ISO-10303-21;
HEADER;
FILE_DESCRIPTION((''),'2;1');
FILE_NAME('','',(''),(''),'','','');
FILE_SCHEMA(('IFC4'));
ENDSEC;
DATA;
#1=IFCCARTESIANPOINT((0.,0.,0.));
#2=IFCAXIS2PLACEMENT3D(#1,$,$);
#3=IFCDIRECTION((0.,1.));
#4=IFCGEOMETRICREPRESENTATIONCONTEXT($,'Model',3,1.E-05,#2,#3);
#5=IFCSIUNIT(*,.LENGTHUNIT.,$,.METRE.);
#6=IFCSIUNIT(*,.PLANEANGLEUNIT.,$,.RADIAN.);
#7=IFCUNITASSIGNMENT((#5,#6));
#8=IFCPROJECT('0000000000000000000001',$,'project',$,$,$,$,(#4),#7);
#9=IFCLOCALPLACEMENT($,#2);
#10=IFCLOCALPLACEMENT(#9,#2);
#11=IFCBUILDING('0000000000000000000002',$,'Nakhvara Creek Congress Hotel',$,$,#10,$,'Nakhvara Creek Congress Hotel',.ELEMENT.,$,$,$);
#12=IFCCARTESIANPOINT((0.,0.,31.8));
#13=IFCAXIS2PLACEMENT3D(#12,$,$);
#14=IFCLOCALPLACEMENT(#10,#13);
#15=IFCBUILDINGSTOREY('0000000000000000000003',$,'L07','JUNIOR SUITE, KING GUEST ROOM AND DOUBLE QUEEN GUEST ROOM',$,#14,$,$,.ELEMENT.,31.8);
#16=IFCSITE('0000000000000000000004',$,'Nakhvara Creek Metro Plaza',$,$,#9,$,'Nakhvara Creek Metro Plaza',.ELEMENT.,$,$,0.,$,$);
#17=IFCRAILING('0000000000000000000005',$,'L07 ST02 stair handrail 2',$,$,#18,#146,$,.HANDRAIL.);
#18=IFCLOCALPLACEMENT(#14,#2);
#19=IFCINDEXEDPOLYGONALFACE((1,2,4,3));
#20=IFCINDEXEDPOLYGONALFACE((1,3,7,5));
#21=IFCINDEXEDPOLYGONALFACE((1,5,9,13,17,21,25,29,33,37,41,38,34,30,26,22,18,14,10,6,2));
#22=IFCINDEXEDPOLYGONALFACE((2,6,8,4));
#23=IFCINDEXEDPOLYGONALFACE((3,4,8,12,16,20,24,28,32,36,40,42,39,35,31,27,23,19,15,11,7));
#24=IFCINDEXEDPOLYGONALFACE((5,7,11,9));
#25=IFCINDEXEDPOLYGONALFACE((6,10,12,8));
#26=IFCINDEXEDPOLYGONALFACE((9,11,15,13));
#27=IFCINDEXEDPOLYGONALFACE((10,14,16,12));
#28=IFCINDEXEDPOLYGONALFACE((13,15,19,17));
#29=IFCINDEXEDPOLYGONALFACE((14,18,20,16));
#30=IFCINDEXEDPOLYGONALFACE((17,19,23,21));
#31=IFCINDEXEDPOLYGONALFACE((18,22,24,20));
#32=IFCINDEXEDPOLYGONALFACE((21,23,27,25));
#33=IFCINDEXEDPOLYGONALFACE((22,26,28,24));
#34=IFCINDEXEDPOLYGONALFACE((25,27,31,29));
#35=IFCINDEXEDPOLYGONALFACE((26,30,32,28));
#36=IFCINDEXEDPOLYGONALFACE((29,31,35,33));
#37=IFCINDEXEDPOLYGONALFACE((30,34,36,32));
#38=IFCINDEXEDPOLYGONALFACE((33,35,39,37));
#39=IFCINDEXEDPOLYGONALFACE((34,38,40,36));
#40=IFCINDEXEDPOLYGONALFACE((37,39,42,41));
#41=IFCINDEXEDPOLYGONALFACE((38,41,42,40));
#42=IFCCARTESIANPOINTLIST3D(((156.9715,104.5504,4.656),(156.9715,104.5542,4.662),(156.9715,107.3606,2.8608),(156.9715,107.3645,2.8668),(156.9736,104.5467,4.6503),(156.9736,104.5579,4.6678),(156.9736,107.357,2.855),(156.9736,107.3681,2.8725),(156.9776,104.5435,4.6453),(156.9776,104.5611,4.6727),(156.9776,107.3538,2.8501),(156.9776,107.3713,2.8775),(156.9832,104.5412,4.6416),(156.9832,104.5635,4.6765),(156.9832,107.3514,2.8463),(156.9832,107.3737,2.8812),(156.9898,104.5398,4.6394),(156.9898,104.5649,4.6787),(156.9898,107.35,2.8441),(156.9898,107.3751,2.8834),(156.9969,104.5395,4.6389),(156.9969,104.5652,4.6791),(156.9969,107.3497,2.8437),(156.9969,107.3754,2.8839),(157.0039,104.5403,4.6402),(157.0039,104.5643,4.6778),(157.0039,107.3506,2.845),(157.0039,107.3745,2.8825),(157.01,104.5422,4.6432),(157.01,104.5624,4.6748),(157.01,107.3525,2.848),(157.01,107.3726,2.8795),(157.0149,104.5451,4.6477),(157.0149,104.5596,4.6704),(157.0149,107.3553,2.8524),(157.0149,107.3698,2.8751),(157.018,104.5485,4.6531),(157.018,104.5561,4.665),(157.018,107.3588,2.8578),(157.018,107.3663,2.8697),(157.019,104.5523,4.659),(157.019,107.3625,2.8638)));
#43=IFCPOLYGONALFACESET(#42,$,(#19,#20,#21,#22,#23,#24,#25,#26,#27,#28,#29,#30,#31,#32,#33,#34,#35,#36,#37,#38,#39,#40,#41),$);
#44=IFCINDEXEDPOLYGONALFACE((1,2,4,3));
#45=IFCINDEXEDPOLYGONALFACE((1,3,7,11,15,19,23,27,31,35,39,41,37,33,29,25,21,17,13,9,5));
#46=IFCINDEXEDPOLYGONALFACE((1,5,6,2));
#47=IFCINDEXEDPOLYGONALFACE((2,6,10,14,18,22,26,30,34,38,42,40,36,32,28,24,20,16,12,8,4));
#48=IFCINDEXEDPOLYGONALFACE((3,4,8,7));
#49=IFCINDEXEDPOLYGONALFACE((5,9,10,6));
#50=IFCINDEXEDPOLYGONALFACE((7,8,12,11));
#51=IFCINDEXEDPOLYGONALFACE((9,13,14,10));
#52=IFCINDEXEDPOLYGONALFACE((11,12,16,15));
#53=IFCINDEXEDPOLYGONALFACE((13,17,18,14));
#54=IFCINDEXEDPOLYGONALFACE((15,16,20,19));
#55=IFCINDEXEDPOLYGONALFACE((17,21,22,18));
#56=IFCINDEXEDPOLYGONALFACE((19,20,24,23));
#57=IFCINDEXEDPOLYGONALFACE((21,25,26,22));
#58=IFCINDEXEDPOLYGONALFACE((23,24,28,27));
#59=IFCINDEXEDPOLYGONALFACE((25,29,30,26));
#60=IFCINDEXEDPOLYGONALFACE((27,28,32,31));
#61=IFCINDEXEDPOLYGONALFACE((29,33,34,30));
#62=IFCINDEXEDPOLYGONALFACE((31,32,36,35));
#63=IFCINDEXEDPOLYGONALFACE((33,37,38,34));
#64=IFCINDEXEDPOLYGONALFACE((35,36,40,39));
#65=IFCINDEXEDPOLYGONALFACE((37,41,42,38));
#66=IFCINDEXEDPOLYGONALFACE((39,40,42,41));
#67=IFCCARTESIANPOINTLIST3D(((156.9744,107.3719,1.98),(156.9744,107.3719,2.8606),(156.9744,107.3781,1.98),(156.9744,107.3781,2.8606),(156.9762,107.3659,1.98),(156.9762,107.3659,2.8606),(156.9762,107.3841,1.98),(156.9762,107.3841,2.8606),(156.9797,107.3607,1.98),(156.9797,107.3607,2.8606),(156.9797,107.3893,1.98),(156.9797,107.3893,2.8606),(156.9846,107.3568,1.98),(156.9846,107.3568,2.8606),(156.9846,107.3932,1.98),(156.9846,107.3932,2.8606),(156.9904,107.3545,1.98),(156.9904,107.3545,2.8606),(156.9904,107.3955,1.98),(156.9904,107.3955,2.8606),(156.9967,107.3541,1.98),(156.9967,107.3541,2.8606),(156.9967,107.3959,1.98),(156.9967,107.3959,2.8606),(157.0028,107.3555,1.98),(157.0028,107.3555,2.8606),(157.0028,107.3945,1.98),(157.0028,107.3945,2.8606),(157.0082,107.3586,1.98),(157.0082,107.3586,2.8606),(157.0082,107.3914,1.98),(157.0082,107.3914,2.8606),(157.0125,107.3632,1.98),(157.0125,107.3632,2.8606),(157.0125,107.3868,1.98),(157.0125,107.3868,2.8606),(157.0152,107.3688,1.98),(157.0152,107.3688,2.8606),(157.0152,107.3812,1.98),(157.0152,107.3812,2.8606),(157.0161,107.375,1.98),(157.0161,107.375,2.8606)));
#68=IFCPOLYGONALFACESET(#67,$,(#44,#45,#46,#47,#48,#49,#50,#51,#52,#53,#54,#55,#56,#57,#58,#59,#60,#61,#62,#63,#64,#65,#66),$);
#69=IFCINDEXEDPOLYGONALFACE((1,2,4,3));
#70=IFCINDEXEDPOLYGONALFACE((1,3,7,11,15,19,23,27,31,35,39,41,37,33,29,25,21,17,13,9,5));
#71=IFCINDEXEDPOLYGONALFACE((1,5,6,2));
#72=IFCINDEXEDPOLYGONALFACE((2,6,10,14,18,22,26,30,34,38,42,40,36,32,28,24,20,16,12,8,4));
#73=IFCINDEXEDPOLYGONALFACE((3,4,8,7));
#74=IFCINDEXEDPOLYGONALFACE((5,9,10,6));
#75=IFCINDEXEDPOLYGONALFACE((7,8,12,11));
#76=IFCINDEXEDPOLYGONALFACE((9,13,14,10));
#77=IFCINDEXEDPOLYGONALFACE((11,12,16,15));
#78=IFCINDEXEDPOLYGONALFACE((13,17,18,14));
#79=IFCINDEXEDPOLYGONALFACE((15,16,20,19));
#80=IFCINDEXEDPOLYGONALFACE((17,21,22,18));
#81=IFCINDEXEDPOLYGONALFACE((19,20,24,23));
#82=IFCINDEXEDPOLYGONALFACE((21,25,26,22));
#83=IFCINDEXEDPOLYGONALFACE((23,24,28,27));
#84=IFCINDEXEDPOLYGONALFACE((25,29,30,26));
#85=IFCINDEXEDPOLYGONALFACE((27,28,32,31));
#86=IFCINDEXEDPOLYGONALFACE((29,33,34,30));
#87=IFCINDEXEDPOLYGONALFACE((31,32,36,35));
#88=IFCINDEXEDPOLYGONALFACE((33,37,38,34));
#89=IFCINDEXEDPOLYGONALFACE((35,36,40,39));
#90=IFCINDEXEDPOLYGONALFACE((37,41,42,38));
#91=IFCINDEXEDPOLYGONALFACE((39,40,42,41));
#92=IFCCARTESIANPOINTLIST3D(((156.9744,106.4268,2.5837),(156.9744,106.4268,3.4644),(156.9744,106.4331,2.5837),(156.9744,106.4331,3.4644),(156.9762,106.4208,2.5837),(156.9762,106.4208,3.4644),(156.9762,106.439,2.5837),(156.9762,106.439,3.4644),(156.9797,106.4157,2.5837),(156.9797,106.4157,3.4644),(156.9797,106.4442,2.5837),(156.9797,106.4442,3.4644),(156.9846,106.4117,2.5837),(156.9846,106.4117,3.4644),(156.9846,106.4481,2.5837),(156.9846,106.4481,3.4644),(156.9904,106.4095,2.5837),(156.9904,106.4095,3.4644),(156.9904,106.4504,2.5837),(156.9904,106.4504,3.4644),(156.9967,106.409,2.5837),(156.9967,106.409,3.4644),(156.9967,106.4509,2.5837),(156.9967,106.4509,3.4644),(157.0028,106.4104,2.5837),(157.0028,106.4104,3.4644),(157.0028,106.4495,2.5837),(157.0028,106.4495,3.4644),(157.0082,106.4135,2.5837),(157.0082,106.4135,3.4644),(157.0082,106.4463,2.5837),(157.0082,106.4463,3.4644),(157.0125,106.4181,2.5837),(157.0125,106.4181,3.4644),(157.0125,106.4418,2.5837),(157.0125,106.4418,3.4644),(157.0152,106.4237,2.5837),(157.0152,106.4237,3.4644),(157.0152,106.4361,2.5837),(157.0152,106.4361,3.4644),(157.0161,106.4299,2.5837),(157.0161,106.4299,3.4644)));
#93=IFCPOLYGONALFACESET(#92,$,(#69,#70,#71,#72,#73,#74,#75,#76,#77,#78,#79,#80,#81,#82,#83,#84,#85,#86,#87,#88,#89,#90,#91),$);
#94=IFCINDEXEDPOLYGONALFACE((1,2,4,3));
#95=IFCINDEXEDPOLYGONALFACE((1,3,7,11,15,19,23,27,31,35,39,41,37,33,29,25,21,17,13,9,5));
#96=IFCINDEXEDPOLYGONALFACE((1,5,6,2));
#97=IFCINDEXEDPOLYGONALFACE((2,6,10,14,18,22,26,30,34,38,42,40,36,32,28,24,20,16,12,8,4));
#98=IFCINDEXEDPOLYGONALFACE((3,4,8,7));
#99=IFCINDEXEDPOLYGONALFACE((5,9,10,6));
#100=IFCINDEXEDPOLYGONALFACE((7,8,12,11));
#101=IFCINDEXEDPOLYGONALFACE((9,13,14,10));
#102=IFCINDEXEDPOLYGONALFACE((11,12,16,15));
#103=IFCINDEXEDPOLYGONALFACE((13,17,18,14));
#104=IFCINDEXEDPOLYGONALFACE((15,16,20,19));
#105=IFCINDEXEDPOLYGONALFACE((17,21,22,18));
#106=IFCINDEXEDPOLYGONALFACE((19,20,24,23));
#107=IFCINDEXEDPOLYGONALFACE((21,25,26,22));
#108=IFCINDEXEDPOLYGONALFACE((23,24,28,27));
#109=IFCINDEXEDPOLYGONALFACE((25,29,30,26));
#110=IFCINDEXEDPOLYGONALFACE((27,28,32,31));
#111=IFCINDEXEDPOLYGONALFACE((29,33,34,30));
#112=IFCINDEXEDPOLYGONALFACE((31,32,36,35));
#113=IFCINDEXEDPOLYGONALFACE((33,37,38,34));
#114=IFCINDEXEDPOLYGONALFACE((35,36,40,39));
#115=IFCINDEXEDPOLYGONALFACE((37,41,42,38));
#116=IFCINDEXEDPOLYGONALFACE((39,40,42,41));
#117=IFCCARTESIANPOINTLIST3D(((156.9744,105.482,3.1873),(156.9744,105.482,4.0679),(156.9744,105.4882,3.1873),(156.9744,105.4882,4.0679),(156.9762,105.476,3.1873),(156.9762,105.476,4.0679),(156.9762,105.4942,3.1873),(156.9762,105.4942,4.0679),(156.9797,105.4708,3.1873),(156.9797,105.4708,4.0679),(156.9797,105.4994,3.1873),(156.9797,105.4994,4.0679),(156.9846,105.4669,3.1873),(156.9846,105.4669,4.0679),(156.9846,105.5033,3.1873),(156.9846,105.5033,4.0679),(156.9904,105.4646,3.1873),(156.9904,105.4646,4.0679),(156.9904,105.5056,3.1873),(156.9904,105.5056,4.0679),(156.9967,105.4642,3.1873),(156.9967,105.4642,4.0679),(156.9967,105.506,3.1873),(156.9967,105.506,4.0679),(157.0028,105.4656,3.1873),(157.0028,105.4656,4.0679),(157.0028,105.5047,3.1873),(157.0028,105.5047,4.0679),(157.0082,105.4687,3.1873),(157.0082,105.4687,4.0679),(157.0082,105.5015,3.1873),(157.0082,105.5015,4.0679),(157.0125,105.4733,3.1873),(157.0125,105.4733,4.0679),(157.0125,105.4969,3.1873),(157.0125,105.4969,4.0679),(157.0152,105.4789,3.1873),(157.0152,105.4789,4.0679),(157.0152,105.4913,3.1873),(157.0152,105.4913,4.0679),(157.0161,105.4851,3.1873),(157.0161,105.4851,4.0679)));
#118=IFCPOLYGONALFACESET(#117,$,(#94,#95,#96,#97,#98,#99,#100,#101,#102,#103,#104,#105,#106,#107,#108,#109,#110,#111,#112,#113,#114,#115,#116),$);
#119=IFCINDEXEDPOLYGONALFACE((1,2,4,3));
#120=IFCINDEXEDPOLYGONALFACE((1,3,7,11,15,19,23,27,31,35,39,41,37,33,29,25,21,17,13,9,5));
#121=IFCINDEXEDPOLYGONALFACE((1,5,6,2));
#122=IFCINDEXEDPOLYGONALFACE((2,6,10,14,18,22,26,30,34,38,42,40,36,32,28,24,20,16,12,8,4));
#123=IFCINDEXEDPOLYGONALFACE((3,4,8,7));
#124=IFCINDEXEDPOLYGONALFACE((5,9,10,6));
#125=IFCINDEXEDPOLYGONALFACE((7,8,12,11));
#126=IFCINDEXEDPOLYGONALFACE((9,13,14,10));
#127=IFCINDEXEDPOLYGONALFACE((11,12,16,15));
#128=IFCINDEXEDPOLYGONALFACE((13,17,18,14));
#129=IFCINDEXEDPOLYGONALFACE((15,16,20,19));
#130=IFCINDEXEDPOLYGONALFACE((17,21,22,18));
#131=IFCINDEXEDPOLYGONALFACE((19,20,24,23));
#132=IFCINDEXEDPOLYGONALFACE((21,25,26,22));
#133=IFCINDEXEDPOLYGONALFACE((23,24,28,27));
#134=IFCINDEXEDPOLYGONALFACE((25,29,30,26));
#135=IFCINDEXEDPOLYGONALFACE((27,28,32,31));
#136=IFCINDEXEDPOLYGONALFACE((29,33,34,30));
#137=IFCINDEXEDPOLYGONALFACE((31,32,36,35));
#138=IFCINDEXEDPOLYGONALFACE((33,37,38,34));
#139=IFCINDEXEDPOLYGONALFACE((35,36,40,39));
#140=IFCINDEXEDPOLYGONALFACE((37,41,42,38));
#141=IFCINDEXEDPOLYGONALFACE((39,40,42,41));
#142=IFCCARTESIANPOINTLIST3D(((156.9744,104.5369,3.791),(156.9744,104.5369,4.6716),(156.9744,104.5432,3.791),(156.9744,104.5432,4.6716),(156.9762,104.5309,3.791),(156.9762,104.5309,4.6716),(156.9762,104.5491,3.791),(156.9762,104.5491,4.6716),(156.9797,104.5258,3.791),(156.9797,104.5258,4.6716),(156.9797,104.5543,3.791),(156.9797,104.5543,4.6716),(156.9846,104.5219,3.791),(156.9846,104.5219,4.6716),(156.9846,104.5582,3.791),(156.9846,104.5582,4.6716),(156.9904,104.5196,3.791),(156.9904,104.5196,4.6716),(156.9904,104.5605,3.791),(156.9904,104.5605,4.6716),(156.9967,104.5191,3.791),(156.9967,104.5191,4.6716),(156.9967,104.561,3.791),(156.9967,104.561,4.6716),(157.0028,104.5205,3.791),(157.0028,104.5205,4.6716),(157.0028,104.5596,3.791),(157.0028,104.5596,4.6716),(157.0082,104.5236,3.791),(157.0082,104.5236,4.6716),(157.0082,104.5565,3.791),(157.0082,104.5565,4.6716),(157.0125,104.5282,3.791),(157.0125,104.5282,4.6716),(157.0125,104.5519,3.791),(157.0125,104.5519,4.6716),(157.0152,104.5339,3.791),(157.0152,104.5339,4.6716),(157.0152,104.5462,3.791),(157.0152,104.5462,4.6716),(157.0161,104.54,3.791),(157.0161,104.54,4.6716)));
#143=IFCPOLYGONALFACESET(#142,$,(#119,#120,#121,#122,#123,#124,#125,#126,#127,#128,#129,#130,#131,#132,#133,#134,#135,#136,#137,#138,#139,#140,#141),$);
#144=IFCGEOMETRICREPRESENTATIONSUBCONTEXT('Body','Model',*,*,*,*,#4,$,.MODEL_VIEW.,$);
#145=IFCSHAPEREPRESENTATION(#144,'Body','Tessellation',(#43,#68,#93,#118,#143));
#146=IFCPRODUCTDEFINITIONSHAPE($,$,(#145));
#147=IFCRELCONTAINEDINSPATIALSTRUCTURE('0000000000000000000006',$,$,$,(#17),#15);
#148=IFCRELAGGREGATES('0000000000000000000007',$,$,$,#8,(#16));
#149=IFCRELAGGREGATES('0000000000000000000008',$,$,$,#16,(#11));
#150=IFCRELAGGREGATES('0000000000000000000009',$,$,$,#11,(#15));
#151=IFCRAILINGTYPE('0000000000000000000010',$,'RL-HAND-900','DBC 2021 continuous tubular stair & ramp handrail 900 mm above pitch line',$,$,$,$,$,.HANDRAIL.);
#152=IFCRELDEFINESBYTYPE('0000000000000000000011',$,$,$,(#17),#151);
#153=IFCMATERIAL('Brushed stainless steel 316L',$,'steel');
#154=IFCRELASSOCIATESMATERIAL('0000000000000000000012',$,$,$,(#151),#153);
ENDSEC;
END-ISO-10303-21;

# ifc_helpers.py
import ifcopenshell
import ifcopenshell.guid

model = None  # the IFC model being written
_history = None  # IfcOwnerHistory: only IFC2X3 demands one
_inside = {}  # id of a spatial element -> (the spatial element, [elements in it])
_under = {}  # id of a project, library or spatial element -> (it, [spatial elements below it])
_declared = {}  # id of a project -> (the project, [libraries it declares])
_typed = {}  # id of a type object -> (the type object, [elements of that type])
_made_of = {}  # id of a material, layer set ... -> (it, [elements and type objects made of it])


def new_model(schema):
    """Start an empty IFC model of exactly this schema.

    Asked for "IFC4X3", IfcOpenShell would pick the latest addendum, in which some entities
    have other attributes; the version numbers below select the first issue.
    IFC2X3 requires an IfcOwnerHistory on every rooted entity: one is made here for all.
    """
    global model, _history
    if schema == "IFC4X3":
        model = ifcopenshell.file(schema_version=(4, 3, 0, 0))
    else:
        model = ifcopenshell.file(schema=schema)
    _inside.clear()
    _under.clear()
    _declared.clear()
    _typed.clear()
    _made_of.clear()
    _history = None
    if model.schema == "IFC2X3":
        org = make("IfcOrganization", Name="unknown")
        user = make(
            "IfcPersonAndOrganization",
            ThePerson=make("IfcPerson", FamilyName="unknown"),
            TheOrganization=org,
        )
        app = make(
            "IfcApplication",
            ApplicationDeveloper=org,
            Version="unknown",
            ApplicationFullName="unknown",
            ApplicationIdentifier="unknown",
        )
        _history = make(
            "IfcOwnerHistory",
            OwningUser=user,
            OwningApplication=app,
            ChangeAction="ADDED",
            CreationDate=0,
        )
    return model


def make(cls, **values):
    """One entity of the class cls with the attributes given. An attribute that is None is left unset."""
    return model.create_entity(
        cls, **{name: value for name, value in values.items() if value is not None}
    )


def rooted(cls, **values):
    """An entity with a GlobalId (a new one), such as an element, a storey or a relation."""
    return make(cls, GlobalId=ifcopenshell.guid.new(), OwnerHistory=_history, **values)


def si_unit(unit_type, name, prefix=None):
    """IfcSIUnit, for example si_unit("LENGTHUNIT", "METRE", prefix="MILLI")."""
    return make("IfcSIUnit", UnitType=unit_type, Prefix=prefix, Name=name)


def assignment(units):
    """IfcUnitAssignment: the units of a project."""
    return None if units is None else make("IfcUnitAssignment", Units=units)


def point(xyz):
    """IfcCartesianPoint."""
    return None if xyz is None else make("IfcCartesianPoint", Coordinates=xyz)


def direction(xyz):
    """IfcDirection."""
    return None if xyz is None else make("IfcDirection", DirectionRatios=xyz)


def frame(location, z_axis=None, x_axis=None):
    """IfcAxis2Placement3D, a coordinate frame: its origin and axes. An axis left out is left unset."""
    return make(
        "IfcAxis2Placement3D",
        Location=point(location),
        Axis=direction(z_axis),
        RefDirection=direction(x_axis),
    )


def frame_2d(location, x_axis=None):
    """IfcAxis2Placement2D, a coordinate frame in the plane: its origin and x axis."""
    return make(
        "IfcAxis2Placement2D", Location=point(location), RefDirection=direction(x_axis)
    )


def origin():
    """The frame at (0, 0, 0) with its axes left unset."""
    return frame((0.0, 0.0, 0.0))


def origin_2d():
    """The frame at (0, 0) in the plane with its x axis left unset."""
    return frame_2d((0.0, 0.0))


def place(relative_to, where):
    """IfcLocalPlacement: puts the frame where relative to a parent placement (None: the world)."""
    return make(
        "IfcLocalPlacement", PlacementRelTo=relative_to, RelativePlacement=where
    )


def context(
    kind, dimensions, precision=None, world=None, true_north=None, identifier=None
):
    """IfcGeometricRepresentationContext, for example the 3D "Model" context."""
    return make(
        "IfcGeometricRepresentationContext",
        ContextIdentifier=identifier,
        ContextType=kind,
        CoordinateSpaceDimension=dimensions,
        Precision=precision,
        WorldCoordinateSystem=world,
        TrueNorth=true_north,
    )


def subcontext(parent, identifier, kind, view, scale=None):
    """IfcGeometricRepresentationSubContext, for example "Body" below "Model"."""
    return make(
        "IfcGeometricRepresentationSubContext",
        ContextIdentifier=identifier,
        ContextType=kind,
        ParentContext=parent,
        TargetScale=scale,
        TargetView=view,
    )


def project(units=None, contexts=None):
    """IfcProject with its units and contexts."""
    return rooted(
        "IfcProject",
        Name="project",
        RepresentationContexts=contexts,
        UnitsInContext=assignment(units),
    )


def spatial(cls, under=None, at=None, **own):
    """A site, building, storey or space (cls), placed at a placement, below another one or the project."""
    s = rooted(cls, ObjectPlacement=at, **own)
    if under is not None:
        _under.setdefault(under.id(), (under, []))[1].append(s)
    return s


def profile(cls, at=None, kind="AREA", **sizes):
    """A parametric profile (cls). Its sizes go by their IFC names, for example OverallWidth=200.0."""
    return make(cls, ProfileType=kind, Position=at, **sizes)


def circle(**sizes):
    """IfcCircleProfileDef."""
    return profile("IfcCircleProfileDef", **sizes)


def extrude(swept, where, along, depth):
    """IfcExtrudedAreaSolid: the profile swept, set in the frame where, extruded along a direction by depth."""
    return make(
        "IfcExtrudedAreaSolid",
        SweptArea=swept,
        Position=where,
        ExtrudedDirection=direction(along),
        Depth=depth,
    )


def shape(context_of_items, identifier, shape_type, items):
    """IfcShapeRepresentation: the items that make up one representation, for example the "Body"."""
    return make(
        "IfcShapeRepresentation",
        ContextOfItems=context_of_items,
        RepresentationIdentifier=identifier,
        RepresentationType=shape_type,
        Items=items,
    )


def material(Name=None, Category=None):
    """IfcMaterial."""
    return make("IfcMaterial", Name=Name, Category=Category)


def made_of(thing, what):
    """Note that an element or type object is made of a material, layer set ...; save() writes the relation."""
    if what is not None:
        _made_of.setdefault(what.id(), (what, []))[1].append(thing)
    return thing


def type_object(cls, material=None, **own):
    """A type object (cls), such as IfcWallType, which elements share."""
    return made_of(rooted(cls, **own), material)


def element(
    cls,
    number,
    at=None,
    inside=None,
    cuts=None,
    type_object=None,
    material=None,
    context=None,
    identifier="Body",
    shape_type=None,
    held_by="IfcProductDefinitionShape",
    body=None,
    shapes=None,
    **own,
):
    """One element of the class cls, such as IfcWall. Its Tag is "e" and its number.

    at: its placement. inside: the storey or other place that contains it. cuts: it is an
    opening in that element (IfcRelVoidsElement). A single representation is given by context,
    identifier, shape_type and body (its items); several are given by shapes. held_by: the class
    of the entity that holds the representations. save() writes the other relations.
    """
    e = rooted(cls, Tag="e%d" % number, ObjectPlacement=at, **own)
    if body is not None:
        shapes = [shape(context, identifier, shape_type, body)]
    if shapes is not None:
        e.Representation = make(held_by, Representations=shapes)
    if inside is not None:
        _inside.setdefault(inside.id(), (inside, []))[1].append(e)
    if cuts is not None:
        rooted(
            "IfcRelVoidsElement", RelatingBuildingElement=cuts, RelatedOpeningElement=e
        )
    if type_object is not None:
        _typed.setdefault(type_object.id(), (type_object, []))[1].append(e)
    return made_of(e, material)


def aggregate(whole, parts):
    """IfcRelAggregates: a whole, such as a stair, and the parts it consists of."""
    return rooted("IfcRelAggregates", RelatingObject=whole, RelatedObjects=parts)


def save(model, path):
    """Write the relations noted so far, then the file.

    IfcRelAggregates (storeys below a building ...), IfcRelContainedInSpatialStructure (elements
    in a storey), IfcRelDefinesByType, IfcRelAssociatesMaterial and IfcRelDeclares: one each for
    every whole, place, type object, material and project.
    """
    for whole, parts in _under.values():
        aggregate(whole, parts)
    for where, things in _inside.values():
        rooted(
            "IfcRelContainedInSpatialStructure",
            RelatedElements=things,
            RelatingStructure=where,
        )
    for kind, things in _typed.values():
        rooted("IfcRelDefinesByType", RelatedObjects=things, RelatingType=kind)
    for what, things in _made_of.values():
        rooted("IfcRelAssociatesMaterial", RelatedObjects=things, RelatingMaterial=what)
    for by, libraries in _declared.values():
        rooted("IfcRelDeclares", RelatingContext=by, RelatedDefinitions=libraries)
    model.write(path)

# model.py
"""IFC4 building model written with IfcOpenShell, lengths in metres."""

from ifc_helpers import new_model, si_unit, direction, frame, origin, origin_2d, place, context, subcontext, project, spatial, circle, extrude, material, type_object, element, save


model = new_model("IFC4")

# Units and contexts
model_context = context("Model", 3, precision=1e-05, world=origin(), true_north=direction((0.0, 1.0)))
body_context = subcontext(model_context, "Body", "Model", "MODEL_VIEW")
ifc_project = project(units=[si_unit("LENGTHUNIT", "METRE"), si_unit("PLANEANGLEUNIT", "RADIAN")], contexts=[model_context])

# Site, building, storey
site_placement = place(None, origin())
site = spatial("IfcSite", under=ifc_project, at=site_placement, Name="Nakhvara Creek Metro Plaza", LongName="Nakhvara Creek Metro Plaza", CompositionType="ELEMENT", RefElevation=0.0)
building_placement = place(site_placement, origin())
building = spatial("IfcBuilding", under=site, at=building_placement, Name="Nakhvara Creek Congress Hotel", LongName="Nakhvara Creek Congress Hotel", CompositionType="ELEMENT")
storey_placement = place(building_placement, frame((0.0, 0.0, 31.8)))
storey = spatial("IfcBuildingStorey", under=building, at=storey_placement, Name="L07", Description="JUNIOR SUITE, KING GUEST ROOM AND DOUBLE QUEEN GUEST ROOM", CompositionType="ELEMENT", Elevation=31.8)

# Railing
ifc_material_1 = material(Name="Brushed stainless steel 316L", Category="steel")
railing_type_1 = type_object("IfcRailingType", Name="RL-HAND-900", Description="DBC 2021 continuous tubular stair & ramp handrail 900 mm above pitch line", PredefinedType="HANDRAIL", material=ifc_material_1)
railing_1_placement = place(storey_placement, frame((156.9951, 107.375, 1.98)))
element("IfcRailing", 1, at=railing_1_placement, inside=storey, type_object=railing_type_1, Name="L07 ST02 stair handrail 2", PredefinedType="HANDRAIL", context=body_context, shape_type="SweptSolid", body=[
    extrude(circle(Radius=0.0239, at=origin_2d()), frame((0.0, -0.0125, 0.8838), z_axis=(0.0, -0.842722, 0.538349), x_axis=(1.0, 0.0, 0.0)), (0.0, 0.0, 1.0), 3.3347),
    extrude(circle(Radius=0.021, at=origin_2d()), origin(), (0.0, 0.0, 1.0), 0.8806),
    extrude(circle(Radius=0.021, at=origin_2d()), frame((0.0, -0.9451, 0.6038)), (0.0, 0.0, 1.0), 0.8806),
    extrude(circle(Radius=0.021, at=origin_2d()), frame((0.0, -1.8899, 1.2073)), (0.0, 0.0, 1.0), 0.8806),
    extrude(circle(Radius=0.021, at=origin_2d()), frame((0.0, -2.835, 1.811)), (0.0, 0.0, 1.0), 0.8806),
])

save(model, "model.ifc")
